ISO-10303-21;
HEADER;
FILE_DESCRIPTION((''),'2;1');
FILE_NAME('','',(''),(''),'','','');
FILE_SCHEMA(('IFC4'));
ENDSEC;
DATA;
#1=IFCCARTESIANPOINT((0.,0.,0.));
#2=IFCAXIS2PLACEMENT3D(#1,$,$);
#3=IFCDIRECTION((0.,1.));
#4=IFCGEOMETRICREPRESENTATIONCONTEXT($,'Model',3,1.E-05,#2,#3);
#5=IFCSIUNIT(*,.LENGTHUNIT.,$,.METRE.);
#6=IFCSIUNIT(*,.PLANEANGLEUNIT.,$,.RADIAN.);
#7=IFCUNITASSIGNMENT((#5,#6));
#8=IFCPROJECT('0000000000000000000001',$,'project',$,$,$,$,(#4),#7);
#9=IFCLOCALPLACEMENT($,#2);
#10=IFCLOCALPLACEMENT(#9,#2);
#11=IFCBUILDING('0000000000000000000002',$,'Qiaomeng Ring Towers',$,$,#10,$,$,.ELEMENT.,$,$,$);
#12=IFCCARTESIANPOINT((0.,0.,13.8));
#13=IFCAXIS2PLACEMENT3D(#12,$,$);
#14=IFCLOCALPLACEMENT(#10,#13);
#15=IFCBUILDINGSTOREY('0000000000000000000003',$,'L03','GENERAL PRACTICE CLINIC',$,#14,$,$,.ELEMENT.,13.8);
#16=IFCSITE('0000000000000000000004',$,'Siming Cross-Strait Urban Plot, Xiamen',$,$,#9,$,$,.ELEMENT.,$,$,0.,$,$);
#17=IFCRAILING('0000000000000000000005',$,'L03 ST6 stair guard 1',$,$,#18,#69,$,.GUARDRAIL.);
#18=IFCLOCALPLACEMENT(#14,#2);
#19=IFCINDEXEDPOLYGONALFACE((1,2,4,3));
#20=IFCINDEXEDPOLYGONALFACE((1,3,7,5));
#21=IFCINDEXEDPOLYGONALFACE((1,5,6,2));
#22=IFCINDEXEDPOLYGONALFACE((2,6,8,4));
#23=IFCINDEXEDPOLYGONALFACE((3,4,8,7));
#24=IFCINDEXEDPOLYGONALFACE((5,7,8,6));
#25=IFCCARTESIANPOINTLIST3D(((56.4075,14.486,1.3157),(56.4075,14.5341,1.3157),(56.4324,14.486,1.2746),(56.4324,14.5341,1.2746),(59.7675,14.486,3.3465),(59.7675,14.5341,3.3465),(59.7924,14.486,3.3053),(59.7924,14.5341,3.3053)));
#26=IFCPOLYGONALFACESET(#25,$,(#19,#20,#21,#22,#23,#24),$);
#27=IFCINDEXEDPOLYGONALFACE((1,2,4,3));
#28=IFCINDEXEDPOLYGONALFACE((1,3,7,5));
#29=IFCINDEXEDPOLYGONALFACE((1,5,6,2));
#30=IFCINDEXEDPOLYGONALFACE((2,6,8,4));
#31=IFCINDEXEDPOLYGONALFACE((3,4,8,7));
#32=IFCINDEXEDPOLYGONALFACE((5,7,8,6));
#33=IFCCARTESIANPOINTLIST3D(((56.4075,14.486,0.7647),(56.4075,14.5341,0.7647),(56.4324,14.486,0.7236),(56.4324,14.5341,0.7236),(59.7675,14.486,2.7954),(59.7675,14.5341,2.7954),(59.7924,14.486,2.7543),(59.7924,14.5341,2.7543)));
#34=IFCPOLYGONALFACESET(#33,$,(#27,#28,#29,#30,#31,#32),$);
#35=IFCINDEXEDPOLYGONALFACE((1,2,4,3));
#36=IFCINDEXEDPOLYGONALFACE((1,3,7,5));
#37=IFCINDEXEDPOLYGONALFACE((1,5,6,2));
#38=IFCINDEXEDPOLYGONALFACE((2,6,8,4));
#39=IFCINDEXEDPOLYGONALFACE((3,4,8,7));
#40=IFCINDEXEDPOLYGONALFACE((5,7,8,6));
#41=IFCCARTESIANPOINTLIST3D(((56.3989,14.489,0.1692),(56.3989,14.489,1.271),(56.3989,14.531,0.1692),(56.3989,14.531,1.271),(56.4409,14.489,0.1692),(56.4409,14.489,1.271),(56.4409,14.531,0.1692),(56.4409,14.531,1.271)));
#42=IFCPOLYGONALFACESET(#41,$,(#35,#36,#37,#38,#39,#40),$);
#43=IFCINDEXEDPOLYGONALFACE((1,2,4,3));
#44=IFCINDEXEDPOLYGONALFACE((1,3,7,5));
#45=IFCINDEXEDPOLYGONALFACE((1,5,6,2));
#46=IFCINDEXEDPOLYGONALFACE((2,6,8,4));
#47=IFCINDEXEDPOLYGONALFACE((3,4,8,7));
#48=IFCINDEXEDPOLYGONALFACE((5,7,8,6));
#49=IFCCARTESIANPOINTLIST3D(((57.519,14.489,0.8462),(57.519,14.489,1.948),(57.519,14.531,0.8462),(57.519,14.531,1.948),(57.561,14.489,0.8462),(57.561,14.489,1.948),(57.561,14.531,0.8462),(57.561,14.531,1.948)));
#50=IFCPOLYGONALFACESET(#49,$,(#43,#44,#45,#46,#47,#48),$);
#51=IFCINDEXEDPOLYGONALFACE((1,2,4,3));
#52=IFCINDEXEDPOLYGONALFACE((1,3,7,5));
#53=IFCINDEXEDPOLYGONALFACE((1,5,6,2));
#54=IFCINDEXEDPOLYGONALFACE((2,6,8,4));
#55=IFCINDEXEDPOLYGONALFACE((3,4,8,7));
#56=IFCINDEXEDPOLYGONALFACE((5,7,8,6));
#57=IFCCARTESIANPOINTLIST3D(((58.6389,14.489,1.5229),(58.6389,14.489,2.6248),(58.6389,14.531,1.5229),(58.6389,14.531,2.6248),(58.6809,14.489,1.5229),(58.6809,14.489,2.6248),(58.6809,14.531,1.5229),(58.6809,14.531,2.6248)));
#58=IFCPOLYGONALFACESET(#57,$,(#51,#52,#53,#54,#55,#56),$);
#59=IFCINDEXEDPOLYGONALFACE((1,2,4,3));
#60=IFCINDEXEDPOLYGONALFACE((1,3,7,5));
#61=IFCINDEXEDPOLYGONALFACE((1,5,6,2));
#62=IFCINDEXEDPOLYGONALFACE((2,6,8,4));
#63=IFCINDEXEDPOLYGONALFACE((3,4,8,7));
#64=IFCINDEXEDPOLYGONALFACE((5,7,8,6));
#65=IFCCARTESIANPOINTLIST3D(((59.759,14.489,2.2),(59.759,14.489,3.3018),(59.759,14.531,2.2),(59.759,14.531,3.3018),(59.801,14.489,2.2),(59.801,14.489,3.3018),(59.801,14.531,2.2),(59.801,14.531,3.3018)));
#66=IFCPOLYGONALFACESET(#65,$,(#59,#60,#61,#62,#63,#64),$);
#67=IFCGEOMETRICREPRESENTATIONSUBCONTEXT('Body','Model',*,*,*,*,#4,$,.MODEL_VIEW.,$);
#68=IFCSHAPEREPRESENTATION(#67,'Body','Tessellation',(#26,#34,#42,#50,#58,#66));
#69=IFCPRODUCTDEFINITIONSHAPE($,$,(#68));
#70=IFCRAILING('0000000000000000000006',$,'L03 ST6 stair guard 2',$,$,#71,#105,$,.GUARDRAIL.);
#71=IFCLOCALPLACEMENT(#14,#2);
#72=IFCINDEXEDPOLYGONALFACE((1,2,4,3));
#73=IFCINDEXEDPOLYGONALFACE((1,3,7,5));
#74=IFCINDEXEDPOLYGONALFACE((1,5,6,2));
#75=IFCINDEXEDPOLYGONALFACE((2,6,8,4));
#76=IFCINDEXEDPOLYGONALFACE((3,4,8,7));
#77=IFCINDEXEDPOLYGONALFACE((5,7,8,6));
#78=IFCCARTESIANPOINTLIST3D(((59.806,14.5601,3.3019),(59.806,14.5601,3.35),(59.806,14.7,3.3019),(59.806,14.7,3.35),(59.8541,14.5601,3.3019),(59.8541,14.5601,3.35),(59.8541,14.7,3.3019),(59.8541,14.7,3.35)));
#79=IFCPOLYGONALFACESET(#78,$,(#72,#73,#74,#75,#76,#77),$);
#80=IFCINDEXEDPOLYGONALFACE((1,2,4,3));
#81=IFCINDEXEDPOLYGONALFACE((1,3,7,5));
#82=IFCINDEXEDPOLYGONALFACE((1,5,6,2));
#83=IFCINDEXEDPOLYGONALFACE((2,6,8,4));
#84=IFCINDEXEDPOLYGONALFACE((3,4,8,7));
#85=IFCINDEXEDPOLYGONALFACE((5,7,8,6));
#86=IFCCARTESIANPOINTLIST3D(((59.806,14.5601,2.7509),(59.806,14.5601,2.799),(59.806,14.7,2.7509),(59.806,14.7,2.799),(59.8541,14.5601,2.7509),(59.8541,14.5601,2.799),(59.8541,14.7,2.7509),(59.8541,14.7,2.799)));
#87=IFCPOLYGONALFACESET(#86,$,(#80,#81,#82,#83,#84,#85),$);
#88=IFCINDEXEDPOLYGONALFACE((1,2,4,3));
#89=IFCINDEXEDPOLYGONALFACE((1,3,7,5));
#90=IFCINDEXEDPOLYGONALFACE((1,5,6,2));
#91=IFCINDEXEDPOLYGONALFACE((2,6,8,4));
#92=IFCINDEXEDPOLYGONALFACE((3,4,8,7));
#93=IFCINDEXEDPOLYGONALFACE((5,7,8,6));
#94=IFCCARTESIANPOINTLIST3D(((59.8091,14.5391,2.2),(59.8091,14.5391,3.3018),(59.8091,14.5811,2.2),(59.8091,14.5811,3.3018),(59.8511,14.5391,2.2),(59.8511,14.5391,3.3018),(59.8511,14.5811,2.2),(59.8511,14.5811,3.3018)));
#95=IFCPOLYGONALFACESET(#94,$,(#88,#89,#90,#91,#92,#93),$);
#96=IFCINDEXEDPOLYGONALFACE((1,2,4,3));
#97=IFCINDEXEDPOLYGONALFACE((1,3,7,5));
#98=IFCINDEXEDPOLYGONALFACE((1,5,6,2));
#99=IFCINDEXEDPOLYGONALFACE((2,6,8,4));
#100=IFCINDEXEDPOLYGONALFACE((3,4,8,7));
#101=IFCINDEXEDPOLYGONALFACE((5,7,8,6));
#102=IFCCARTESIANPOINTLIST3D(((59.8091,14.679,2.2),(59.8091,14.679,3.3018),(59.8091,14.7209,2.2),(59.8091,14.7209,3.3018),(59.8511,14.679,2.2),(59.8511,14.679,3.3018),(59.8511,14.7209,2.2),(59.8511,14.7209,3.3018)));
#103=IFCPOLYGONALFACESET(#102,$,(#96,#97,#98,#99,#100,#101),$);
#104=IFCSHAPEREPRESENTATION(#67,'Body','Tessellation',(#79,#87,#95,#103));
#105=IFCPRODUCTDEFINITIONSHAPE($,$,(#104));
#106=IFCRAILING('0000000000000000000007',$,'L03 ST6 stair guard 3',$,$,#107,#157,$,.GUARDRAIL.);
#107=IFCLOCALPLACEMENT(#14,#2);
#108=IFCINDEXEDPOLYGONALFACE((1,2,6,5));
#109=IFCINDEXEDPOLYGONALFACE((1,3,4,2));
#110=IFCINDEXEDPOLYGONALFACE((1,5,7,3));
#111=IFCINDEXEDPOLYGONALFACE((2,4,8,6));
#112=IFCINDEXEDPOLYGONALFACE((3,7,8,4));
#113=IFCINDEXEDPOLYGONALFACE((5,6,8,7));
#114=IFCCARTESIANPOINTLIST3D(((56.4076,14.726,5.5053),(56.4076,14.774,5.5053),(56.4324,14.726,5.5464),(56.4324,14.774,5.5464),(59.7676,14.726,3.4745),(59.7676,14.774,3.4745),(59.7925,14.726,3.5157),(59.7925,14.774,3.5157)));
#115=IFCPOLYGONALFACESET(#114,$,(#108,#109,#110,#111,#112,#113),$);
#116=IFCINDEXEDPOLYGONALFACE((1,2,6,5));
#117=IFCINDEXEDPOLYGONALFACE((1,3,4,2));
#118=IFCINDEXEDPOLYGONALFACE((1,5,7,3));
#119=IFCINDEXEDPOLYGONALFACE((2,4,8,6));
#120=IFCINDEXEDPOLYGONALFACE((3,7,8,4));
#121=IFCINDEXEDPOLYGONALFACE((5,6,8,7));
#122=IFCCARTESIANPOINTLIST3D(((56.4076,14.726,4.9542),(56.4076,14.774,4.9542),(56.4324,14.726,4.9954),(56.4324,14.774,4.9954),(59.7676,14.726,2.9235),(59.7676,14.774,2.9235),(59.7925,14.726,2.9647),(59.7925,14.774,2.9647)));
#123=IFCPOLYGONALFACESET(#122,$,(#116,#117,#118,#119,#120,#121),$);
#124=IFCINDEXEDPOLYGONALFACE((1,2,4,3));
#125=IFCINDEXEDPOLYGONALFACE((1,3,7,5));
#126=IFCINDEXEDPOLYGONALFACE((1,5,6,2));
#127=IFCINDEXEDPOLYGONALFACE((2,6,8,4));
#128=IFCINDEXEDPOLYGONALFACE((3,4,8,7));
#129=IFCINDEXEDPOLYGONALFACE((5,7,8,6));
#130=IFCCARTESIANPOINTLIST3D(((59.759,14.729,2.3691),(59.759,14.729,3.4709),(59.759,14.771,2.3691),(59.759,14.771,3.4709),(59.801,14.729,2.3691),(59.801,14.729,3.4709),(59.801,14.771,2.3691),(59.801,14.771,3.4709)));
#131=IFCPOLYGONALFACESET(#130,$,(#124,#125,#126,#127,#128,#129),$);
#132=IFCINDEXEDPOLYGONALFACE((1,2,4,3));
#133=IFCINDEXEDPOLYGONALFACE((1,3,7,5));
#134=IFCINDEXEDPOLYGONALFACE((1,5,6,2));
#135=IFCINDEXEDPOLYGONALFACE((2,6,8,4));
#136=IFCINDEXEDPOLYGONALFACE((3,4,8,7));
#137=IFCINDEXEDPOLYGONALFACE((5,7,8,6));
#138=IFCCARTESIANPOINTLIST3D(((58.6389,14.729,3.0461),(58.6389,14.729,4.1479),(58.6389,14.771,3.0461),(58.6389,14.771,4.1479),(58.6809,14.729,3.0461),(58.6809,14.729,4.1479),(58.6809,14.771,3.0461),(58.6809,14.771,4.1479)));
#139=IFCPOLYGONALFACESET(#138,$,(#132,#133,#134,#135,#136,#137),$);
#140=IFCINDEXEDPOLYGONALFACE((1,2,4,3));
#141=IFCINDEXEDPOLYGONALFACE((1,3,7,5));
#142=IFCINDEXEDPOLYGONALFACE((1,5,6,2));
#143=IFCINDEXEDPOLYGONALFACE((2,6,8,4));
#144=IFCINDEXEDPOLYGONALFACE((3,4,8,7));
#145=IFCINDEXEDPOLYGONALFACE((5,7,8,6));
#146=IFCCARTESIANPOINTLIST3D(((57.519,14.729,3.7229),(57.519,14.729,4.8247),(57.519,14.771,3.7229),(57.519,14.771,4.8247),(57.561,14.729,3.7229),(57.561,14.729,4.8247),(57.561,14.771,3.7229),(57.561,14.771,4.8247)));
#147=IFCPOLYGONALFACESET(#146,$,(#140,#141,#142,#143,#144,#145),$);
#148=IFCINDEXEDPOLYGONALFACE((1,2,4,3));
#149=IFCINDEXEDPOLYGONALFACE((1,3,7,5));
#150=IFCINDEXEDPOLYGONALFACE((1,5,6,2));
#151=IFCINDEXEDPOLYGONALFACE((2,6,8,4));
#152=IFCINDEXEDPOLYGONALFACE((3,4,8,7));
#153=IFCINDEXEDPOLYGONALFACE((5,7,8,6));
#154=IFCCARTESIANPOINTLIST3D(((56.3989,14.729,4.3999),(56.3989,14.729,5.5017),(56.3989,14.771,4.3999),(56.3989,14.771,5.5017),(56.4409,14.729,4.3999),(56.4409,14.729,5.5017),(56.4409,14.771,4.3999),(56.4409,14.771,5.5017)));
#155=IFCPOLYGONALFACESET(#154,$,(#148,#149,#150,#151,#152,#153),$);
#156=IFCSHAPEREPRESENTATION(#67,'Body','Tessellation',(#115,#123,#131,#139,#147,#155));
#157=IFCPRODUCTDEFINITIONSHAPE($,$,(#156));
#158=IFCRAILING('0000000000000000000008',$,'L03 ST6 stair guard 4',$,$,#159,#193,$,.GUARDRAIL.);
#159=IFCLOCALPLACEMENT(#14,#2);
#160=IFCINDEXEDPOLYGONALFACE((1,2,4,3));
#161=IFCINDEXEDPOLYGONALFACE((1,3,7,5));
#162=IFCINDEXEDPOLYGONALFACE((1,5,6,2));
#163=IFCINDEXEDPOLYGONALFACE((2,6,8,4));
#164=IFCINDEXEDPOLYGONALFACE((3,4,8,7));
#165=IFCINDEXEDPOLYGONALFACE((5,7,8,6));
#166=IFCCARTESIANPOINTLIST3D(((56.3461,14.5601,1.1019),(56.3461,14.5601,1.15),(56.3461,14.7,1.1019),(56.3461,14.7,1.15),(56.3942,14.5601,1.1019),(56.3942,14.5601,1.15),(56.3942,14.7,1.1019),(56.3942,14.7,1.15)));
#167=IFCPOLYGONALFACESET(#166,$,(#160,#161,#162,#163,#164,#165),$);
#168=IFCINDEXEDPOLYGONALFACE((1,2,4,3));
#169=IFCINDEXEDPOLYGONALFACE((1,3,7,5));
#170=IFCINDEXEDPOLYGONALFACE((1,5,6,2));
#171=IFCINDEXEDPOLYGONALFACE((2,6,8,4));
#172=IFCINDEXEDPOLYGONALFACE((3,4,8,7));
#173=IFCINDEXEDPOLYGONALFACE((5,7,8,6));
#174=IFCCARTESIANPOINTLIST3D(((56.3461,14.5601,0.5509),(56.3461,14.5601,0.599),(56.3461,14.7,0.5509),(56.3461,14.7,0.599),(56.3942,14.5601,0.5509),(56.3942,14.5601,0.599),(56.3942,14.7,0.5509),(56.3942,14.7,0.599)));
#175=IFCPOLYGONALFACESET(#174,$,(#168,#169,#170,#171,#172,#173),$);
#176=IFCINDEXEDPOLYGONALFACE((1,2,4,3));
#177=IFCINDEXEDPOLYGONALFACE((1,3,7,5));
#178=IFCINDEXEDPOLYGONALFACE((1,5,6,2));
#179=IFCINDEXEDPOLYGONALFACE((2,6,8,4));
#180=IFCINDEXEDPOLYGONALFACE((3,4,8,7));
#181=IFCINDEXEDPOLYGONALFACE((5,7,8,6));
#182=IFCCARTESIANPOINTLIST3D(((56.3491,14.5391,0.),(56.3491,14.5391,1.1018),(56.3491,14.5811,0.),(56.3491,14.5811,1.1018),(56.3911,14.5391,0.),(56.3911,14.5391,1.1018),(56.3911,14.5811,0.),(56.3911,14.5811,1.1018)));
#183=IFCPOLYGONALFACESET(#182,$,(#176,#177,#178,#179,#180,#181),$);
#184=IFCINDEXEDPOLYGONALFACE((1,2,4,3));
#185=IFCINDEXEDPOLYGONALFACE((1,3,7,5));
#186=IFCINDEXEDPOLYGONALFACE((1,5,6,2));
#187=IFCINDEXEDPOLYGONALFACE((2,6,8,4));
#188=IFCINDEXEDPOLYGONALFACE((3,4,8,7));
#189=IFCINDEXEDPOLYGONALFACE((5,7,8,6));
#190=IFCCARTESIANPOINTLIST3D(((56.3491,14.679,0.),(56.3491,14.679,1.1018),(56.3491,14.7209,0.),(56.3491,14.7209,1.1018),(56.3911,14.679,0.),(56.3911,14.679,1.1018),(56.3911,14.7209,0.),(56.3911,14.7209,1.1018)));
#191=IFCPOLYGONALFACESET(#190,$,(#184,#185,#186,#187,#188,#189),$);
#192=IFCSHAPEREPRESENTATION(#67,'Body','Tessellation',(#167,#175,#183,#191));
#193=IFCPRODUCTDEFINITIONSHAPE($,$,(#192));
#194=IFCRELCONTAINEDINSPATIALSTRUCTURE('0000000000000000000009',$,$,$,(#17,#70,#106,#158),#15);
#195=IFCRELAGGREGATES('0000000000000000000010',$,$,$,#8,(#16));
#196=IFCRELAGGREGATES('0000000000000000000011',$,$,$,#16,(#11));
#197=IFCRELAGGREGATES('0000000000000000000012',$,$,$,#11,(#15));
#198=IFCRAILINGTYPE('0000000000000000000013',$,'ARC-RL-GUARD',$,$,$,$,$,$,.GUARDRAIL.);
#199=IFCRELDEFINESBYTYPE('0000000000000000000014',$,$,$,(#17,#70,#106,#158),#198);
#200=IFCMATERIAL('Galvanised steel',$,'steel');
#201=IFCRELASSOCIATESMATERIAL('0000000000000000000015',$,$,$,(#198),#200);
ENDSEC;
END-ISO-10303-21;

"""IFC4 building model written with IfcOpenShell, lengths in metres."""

from ifc_helpers import new_model, si_unit, direction, frame, origin, origin_2d, place, context, subcontext, project, spatial, rectangle, extrude, material, type_object, element, save


model = new_model("IFC4")

# Units and contexts
model_context = context("Model", 3, precision=1e-05, world=origin(), true_north=direction((0.0, 1.0)))
body_context = subcontext(model_context, "Body", "Model", "MODEL_VIEW")
ifc_project = project(units=[si_unit("LENGTHUNIT", "METRE"), si_unit("PLANEANGLEUNIT", "RADIAN")], contexts=[model_context])

# Site, building, storey
site_placement = place(None, origin())
site = spatial("IfcSite", under=ifc_project, at=site_placement, Name="Siming Cross-Strait Urban Plot, Xiamen", CompositionType="ELEMENT", RefElevation=0.0)
building_placement = place(site_placement, origin())
building = spatial("IfcBuilding", under=site, at=building_placement, Name="Qiaomeng Ring Towers", CompositionType="ELEMENT")
storey_placement = place(building_placement, frame((0.0, 0.0, 13.8)))
storey = spatial("IfcBuildingStorey", under=building, at=storey_placement, Name="L03", Description="GENERAL PRACTICE CLINIC", CompositionType="ELEMENT", Elevation=13.8)

# Shared definitions
ifc_material_1 = material(Name="Galvanised steel", Category="steel")

# Railings
railing_type_1 = type_object("IfcRailingType", Name="ARC-RL-GUARD", PredefinedType="GUARDRAIL", material=ifc_material_1)
railing_1_placement = place(storey_placement, frame((56.4199, 14.51, 0.1692)))
element("IfcRailing", 1, at=railing_1_placement, inside=storey, type_object=railing_type_1, Name="L03 ST6 stair guard 1", PredefinedType="GUARDRAIL", context=body_context, shape_type="SweptSolid", body=[
    extrude(rectangle(XDim=0.0481, YDim=0.0481, at=origin_2d()), frame((0.0, 0.0, 1.126), z_axis=(0.855837, 0.0, 0.517246), x_axis=(0.0, 1.0, 0.0)), (0.0, 0.0, 1.0), 3.926),
    extrude(rectangle(XDim=0.0481, YDim=0.0481, at=origin_2d()), frame((0.0, 0.0, 0.575), z_axis=(0.855837, 0.0, 0.517246), x_axis=(0.0, 1.0, 0.0)), (0.0, 0.0, 1.0), 3.926),
    extrude(rectangle(XDim=0.042, YDim=0.042, at=origin_2d()), origin(), (0.0, 0.0, 1.0), 1.1018),
    extrude(rectangle(XDim=0.042, YDim=0.042, at=origin_2d()), frame((1.1201, 0.0, 0.677)), (0.0, 0.0, 1.0), 1.1018),
    extrude(rectangle(XDim=0.042, YDim=0.042, at=origin_2d()), frame((2.24, 0.0, 1.3538)), (0.0, 0.0, 1.0), 1.1018),
    extrude(rectangle(XDim=0.042, YDim=0.042, at=origin_2d()), frame((3.3601, 0.0, 2.0308)), (0.0, 0.0, 1.0), 1.1018),
])
railing_2_placement = place(storey_placement, frame((59.8301, 14.5601, 2.2)))
element("IfcRailing", 2, at=railing_2_placement, inside=storey, type_object=railing_type_1, Name="L03 ST6 stair guard 2", PredefinedType="GUARDRAIL", context=body_context, shape_type="SweptSolid", body=[
    extrude(rectangle(XDim=0.0481, YDim=0.0481, at=origin_2d()), frame((0.0, 0.0, 1.126), z_axis=(0.0, 1.0, 0.0), x_axis=(-1.0, 0.0, 0.0)), (0.0, 0.0, 1.0), 0.1399),
    extrude(rectangle(XDim=0.0481, YDim=0.0481, at=origin_2d()), frame((0.0, 0.0, 0.575), z_axis=(0.0, 1.0, 0.0), x_axis=(-1.0, 0.0, 0.0)), (0.0, 0.0, 1.0), 0.1399),
    extrude(rectangle(XDim=0.042, YDim=0.042, at=origin_2d()), origin(), (0.0, 0.0, 1.0), 1.1018),
    extrude(rectangle(XDim=0.042, YDim=0.042, at=origin_2d()), frame((0.0, 0.1399, 0.0)), (0.0, 0.0, 1.0), 1.1018),
])
railing_3_placement = place(storey_placement, frame((59.78, 14.75, 2.3691)))
element("IfcRailing", 3, at=railing_3_placement, inside=storey, type_object=railing_type_1, Name="L03 ST6 stair guard 3", PredefinedType="GUARDRAIL", context=body_context, shape_type="SweptSolid", body=[
    extrude(rectangle(XDim=0.0481, YDim=0.0481, at=origin_2d()), frame((0.0, 0.0, 1.126), z_axis=(-0.855837, 0.0, 0.517246), x_axis=(0.0, -1.0, 0.0)), (0.0, 0.0, 1.0), 3.926),
    extrude(rectangle(XDim=0.0481, YDim=0.0481, at=origin_2d()), frame((0.0, 0.0, 0.575), z_axis=(-0.855837, 0.0, 0.517246), x_axis=(0.0, -1.0, 0.0)), (0.0, 0.0, 1.0), 3.926),
    extrude(rectangle(XDim=0.042, YDim=0.042, at=origin_2d()), origin(), (0.0, 0.0, 1.0), 1.1018),
    extrude(rectangle(XDim=0.042, YDim=0.042, at=origin_2d()), frame((-1.1201, 0.0, 0.677)), (0.0, 0.0, 1.0), 1.1018),
    extrude(rectangle(XDim=0.042, YDim=0.042, at=origin_2d()), frame((-2.24, 0.0, 1.3538)), (0.0, 0.0, 1.0), 1.1018),
    extrude(rectangle(XDim=0.042, YDim=0.042, at=origin_2d()), frame((-3.3601, 0.0, 2.0308)), (0.0, 0.0, 1.0), 1.1018),
])
railing_4_placement = place(storey_placement, frame((56.3701, 14.5601, 0.0)))
element("IfcRailing", 4, at=railing_4_placement, inside=storey, type_object=railing_type_1, Name="L03 ST6 stair guard 4", PredefinedType="GUARDRAIL", context=body_context, shape_type="SweptSolid", body=[
    extrude(rectangle(XDim=0.0481, YDim=0.0481, at=origin_2d()), frame((0.0, 0.0, 1.126), z_axis=(0.0, 1.0, 0.0), x_axis=(-1.0, 0.0, 0.0)), (0.0, 0.0, 1.0), 0.1399),
    extrude(rectangle(XDim=0.0481, YDim=0.0481, at=origin_2d()), frame((0.0, 0.0, 0.575), z_axis=(0.0, 1.0, 0.0), x_axis=(-1.0, 0.0, 0.0)), (0.0, 0.0, 1.0), 0.1399),
    extrude(rectangle(XDim=0.042, YDim=0.042, at=origin_2d()), origin(), (0.0, 0.0, 1.0), 1.1018),
    extrude(rectangle(XDim=0.042, YDim=0.042, at=origin_2d()), frame((0.0, 0.1399, 0.0)), (0.0, 0.0, 1.0), 1.1018),
])

save(model, "model.ifc")
